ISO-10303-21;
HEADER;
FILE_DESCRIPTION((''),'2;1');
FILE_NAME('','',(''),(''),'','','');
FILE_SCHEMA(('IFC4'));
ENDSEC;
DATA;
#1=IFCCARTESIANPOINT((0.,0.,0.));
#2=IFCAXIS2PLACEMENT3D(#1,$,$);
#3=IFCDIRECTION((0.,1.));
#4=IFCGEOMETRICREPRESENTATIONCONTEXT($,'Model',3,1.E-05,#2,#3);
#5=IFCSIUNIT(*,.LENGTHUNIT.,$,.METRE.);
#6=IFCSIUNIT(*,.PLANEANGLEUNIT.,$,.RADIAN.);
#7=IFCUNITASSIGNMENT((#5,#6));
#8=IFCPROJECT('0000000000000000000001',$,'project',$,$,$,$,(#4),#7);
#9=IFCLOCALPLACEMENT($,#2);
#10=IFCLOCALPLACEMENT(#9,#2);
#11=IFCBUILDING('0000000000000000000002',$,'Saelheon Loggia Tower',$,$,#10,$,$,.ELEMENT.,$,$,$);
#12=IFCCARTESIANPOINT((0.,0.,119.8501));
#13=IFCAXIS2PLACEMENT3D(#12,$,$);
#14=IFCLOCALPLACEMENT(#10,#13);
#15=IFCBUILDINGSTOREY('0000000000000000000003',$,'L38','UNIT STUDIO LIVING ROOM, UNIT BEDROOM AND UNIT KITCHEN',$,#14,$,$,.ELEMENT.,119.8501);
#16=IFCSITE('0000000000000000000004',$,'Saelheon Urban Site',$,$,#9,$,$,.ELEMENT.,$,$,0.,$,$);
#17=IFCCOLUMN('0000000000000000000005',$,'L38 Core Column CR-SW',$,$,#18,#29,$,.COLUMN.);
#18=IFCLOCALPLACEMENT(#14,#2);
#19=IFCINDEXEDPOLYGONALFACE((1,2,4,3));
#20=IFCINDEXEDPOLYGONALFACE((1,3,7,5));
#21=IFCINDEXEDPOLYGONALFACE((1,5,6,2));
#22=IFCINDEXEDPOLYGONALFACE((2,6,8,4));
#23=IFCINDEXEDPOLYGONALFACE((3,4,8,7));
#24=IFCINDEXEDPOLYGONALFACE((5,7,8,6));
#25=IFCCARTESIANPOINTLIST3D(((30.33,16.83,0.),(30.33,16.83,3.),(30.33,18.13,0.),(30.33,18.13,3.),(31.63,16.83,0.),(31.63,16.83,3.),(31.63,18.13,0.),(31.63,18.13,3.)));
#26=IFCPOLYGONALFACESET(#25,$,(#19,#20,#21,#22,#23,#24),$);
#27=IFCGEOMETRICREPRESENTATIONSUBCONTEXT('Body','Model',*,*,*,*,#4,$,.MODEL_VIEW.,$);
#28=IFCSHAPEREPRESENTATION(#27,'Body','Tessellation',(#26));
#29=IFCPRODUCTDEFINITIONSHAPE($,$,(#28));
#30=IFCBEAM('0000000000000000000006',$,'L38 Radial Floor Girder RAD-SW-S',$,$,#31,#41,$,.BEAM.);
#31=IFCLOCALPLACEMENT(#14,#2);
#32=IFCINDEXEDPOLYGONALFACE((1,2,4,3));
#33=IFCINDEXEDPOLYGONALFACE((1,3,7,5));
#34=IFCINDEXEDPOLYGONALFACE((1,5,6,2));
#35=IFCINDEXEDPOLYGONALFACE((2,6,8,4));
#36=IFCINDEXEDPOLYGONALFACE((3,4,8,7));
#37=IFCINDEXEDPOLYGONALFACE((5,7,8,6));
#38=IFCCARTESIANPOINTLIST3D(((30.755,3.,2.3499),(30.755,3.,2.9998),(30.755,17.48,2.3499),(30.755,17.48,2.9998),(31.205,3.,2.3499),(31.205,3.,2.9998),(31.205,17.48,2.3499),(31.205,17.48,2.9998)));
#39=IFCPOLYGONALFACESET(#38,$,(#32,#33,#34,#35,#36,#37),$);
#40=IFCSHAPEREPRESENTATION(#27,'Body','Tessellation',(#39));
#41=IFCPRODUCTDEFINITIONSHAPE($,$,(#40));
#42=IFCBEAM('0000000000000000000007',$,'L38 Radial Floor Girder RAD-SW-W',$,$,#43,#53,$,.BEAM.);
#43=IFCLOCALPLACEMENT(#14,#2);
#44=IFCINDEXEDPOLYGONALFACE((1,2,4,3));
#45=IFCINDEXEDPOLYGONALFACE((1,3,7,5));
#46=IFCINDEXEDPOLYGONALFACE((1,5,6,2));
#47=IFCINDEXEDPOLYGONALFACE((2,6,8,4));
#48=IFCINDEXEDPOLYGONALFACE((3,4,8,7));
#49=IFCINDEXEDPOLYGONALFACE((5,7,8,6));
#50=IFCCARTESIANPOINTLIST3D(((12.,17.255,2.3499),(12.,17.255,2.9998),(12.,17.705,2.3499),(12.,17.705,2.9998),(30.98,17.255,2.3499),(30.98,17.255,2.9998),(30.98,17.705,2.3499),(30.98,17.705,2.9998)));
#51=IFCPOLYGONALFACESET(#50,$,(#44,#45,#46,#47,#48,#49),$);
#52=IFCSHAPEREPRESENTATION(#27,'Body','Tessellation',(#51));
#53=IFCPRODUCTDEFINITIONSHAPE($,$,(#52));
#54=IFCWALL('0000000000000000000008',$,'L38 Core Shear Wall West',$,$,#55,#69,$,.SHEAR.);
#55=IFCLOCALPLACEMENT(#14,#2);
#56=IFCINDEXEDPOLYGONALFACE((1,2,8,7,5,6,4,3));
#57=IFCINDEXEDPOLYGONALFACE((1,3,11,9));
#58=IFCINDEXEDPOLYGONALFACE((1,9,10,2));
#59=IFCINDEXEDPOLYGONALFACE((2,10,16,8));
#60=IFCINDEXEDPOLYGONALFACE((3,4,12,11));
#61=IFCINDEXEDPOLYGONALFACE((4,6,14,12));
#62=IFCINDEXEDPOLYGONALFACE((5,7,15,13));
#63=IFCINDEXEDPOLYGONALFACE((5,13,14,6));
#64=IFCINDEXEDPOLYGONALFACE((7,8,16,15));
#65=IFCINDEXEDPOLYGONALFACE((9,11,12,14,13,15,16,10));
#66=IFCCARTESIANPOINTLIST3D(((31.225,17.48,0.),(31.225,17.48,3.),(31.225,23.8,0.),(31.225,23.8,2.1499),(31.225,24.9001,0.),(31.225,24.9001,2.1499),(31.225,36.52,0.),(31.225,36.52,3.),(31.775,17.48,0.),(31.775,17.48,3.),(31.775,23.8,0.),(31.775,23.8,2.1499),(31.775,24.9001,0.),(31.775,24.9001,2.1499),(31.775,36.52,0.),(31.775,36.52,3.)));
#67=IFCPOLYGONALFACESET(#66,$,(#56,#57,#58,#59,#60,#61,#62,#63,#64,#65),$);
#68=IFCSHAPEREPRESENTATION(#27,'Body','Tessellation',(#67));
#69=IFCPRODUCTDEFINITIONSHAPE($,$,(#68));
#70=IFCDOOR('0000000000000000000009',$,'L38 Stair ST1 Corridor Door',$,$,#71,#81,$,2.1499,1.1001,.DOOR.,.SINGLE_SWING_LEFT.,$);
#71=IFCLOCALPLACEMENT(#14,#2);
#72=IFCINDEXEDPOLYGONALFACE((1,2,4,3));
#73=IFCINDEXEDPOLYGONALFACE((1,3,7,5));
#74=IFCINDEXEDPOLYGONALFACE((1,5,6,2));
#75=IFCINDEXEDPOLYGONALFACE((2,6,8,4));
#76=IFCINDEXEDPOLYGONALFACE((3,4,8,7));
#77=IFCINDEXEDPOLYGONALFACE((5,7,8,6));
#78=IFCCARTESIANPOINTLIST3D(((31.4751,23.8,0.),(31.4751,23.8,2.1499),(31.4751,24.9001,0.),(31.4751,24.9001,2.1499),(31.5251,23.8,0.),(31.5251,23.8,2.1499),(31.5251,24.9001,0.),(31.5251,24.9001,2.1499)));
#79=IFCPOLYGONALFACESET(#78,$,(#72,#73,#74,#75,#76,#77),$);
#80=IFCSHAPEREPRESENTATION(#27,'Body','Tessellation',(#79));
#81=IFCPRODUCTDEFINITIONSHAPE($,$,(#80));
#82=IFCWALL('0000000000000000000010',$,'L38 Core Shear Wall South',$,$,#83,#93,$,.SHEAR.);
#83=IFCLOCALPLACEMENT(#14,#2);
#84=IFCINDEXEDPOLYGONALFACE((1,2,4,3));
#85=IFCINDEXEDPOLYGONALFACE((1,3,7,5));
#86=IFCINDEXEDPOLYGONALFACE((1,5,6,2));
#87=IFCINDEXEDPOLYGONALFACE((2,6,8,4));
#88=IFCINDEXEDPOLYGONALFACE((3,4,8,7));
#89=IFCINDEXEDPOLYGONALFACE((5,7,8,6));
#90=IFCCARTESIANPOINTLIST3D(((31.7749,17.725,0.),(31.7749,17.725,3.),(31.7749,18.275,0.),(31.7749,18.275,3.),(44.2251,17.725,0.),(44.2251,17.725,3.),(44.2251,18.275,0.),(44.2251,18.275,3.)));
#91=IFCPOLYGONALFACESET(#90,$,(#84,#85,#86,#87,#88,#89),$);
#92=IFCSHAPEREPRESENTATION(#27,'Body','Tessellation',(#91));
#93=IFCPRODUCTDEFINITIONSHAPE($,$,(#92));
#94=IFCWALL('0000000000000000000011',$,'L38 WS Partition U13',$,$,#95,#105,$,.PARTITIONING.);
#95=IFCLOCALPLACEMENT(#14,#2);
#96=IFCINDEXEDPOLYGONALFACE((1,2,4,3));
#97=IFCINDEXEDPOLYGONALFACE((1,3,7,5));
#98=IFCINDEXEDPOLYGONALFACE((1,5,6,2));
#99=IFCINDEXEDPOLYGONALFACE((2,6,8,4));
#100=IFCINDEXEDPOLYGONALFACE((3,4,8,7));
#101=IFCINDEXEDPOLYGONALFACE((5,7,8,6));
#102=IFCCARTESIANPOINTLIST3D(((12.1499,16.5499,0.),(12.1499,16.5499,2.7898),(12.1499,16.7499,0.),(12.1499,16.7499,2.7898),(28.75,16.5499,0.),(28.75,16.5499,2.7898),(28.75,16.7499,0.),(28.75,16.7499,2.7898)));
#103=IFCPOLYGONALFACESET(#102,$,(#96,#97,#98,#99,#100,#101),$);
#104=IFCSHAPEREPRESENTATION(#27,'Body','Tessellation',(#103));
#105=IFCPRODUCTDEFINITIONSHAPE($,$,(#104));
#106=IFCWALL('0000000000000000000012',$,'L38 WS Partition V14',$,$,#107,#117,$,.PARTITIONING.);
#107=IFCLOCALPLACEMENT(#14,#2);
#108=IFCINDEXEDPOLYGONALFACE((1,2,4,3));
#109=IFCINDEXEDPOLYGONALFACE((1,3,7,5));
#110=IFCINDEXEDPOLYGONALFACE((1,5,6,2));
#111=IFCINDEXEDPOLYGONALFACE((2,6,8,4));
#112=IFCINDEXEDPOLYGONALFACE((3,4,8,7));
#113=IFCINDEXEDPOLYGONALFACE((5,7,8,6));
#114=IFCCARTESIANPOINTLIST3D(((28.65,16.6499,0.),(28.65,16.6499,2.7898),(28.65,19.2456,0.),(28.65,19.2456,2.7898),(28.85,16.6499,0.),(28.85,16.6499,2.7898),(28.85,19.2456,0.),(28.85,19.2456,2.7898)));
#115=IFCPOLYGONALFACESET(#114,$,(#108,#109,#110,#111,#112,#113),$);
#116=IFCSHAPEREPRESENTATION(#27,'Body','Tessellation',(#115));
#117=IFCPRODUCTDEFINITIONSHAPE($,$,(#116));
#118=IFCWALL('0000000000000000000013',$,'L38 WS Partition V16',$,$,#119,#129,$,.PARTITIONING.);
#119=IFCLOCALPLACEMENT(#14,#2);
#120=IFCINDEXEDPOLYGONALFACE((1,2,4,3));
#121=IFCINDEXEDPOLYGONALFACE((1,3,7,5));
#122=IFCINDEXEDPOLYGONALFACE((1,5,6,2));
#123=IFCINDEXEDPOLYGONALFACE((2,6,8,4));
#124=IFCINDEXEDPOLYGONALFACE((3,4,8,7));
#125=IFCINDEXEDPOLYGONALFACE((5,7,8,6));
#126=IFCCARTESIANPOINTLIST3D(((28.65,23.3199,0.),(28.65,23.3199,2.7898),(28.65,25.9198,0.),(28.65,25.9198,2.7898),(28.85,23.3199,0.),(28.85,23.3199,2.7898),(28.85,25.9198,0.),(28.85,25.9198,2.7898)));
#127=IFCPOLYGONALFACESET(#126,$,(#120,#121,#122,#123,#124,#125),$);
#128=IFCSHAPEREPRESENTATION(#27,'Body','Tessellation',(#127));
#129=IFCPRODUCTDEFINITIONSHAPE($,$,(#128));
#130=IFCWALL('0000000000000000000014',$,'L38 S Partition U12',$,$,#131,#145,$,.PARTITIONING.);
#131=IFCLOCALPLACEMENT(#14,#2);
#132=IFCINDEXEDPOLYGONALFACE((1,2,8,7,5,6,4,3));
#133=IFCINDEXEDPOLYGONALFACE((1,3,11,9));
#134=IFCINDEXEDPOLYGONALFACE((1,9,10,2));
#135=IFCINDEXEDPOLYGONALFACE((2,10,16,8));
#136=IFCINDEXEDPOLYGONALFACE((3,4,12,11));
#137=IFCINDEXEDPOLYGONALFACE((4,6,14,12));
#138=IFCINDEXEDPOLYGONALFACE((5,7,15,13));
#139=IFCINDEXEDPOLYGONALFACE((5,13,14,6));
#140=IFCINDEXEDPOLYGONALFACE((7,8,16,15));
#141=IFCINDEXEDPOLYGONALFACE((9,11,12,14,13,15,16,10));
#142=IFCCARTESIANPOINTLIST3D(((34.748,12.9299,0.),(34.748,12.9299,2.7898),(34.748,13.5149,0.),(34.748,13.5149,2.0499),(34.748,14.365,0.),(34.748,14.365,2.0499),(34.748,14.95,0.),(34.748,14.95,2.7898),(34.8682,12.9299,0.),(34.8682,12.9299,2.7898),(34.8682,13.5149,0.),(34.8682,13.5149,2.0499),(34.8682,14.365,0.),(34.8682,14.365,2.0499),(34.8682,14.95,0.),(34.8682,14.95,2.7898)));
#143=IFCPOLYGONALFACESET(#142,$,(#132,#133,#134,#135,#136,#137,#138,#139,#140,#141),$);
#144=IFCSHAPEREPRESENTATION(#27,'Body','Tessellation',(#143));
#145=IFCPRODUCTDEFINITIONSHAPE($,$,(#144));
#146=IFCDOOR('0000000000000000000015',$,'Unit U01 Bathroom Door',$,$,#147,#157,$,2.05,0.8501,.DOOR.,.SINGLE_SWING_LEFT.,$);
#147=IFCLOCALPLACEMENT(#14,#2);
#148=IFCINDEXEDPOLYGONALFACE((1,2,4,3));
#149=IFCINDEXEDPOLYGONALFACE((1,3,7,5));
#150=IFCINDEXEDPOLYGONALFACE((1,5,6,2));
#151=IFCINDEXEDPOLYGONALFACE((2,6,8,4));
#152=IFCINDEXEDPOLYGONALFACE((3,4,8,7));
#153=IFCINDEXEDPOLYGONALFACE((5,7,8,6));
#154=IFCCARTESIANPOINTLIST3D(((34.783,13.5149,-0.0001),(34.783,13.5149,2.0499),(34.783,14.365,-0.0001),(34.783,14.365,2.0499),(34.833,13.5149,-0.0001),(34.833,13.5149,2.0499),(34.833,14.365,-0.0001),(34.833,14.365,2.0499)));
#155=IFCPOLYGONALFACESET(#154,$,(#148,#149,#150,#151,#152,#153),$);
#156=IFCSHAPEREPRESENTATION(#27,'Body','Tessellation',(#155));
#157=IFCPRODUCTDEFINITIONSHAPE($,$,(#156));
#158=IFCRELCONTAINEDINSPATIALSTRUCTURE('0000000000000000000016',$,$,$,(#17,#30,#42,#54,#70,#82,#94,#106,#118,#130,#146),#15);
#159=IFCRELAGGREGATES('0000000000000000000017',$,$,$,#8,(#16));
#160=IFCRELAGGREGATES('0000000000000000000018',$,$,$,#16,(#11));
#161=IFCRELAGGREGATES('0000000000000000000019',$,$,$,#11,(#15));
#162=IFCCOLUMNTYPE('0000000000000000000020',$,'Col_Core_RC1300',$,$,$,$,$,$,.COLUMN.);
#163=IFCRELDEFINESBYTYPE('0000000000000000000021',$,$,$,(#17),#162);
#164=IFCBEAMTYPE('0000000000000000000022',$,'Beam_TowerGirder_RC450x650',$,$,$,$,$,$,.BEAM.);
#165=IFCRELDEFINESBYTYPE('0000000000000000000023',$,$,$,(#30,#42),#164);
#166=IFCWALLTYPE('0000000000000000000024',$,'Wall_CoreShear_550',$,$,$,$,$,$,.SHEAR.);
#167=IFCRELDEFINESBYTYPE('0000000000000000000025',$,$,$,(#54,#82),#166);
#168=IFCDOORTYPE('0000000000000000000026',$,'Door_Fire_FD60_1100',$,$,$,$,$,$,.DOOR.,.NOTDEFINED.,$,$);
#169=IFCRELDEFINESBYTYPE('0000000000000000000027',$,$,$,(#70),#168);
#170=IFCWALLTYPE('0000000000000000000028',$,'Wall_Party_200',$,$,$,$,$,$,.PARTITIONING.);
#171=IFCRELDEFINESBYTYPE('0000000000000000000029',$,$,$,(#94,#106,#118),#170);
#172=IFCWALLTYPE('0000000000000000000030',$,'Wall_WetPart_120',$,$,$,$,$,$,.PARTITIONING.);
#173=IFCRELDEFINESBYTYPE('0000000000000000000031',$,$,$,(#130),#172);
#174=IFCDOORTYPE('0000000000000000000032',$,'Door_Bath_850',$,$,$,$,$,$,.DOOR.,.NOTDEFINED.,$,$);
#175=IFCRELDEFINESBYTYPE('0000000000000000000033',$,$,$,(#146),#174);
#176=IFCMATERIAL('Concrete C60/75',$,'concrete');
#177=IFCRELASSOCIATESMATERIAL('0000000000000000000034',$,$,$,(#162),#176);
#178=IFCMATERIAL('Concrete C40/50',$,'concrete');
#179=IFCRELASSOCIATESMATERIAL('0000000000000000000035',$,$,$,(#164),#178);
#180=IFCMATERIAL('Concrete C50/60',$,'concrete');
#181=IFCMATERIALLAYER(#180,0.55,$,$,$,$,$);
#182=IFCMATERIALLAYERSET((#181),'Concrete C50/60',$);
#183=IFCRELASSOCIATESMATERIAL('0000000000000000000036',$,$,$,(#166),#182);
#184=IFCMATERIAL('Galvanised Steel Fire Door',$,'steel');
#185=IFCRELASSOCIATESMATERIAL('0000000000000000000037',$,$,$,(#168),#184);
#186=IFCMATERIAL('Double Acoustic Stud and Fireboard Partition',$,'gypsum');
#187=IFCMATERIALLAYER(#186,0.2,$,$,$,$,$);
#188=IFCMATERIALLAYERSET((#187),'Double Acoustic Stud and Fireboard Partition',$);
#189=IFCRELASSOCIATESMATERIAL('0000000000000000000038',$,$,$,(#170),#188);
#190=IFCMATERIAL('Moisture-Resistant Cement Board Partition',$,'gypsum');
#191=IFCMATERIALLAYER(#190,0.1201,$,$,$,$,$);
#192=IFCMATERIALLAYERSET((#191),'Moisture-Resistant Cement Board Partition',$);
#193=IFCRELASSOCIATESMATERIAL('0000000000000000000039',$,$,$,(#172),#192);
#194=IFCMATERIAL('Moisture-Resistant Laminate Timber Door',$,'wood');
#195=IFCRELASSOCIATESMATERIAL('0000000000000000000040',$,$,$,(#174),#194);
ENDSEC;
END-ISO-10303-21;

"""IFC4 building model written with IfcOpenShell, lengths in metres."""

from ifc_helpers import new_model, si_unit, direction, frame, frame_2d, origin, origin_2d, place, context, subcontext, project, spatial, rectangle, extrude, source, transform, mapped, material, layer, layer_set, material_profile, profile_set, type_object, element, fill, save


model = new_model("IFC4")

# Units and contexts
model_context = context("Model", 3, precision=1e-05, world=origin(), true_north=direction((0.0, 1.0)))
body_context = subcontext(model_context, "Body", "Model", "MODEL_VIEW")
ifc_project = project(units=[si_unit("LENGTHUNIT", "METRE"), si_unit("PLANEANGLEUNIT", "RADIAN")], contexts=[model_context])

# Site, building, storey
site_placement = place(None, origin())
site = spatial("IfcSite", under=ifc_project, at=site_placement, Name="Saelheon Urban Site", CompositionType="ELEMENT", RefElevation=0.0)
building_placement = place(site_placement, origin())
building = spatial("IfcBuilding", under=site, at=building_placement, Name="Saelheon Loggia Tower", CompositionType="ELEMENT")
storey_placement = place(building_placement, frame((0.0, 0.0, 119.8501)))
storey = spatial("IfcBuildingStorey", under=building, at=storey_placement, Name="L38", Description="UNIT STUDIO LIVING ROOM, UNIT BEDROOM AND UNIT KITCHEN", CompositionType="ELEMENT", Elevation=119.8501)

# Column
ifc_material_1 = material(Name="Concrete C60/75", Category="concrete")
ifc_material_profile_1 = material_profile(ifc_material_1, rectangle(XDim=1.3, YDim=1.3, at=origin_2d()), Name="RC-1300x1300")
ifc_profile_set_1 = profile_set([ifc_material_profile_1], Name="Concrete C60/75")
column_type = type_object("IfcColumnType", Name="Col_Core_RC1300", PredefinedType="COLUMN", material=ifc_profile_set_1)
shared_shape_1 = source(origin(), body_context, "Body", "SweptSolid", [
    extrude(rectangle(XDim=1.3, YDim=1.3, at=origin_2d()), origin(), (0.0, 0.0, 1.0), 3.0),
])
column_placement = place(storey_placement, frame((30.98, 17.48, 0.0), z_axis=(0.0, 0.0, 1.0), x_axis=(1.0, 0.0, 0.0)))
element("IfcColumn", 1, at=column_placement, inside=storey, type_object=column_type, Name="L38 Core Column CR-SW", PredefinedType="COLUMN", context=body_context, shape_type="MappedRepresentation", body=[
    mapped(shared_shape_1, transform((0.0, 0.0, 0.0), scale=1.0)),
])

# Beams
ifc_material_2 = material(Name="Concrete C40/50", Category="concrete")
ifc_material_profile_2 = material_profile(ifc_material_2, rectangle(XDim=0.45, YDim=0.6499, at=origin_2d()), Name="RC-450x650")
ifc_profile_set_2 = profile_set([ifc_material_profile_2], Name="Concrete C40/50")
beam_type = type_object("IfcBeamType", Name="Beam_TowerGirder_RC450x650", PredefinedType="BEAM", material=ifc_profile_set_2)
shared_shape_2 = source(origin(), body_context, "Body", "SweptSolid", [
    extrude(rectangle(XDim=0.45, YDim=0.6499, at=origin_2d()), origin(), (0.0, 0.0, 1.0), 14.48),
])
beam_1_placement = place(storey_placement, frame((30.98, 17.48, 2.6748), z_axis=(0.0, -1.0, 0.0), x_axis=(1.0, 0.0, 0.0)))
element("IfcBeam", 2, at=beam_1_placement, inside=storey, type_object=beam_type, Name="L38 Radial Floor Girder RAD-SW-S", PredefinedType="BEAM", context=body_context, shape_type="MappedRepresentation", body=[
    mapped(shared_shape_2, transform((0.0, 0.0, 0.0), scale=1.0)),
])
shared_shape_3 = source(origin(), body_context, "Body", "SweptSolid", [
    extrude(rectangle(XDim=0.45, YDim=0.6499, at=origin_2d()), origin(), (0.0, 0.0, 1.0), 18.98),
])
beam_2_placement = place(storey_placement, frame((30.98, 17.48, 2.6748), z_axis=(-1.0, 0.0, 0.0), x_axis=(0.0, -1.0, 0.0)))
element("IfcBeam", 3, at=beam_2_placement, inside=storey, type_object=beam_type, Name="L38 Radial Floor Girder RAD-SW-W", PredefinedType="BEAM", context=body_context, shape_type="MappedRepresentation", body=[
    mapped(shared_shape_3, transform((0.0, 0.0, 0.0), scale=1.0)),
])

# Wall, opening, door
ifc_material_3 = material(Name="Concrete C50/60", Category="concrete")
ifc_layer_1 = layer(ifc_material_3, 0.55)
ifc_layer_set_1 = layer_set([ifc_layer_1], Name="Concrete C50/60")
wall_type_1 = type_object("IfcWallType", Name="Wall_CoreShear_550", PredefinedType="SHEAR", material=ifc_layer_set_1)
wall_1_placement = place(storey_placement, frame((31.5, 17.48, 0.0), z_axis=(0.0, 0.0, 1.0), x_axis=(0.0, 1.0, 0.0)))
wall_1 = element("IfcWall", 4, at=wall_1_placement, inside=storey, type_object=wall_type_1, Name="L38 Core Shear Wall West", PredefinedType="SHEAR", context=body_context, shape_type="SweptSolid", body=[
    extrude(rectangle(XDim=19.04, YDim=0.55, at=frame_2d((9.52, 0.0))), origin(), (0.0, 0.0, 1.0), 3.0),
])
opening_1_placement = place(wall_1_placement, frame((6.3201, 0.0, 0.0)))
opening_1 = element("IfcOpeningElement", 5, at=opening_1_placement, cuts=wall_1, PredefinedType="OPENING", context=body_context, shape_type="SweptSolid", body=[
    extrude(rectangle(XDim=1.1001, YDim=2.1499, at=frame_2d((0.55, 1.075))), frame((0.0, 0.2871, 0.0), z_axis=(0.0, -1.0, 0.0), x_axis=(1.0, 0.0, 0.0)), (0.0, 0.0, 1.0), 0.574),
])
ifc_material_4 = material(Name="Galvanised Steel Fire Door", Category="steel")
door_type_1 = type_object("IfcDoorType", Name="Door_Fire_FD60_1100", OperationType="NOTDEFINED", PredefinedType="DOOR", material=ifc_material_4)
shared_shape_4 = source(origin(), body_context, "Body", "SweptSolid", [
    extrude(rectangle(XDim=1.1001, YDim=2.1499, at=frame_2d((0.55, 1.075))), frame((0.0, 0.0249, 0.0), z_axis=(0.0, -1.0, 0.0), x_axis=(1.0, 0.0, 0.0)), (0.0, 0.0, 1.0), 0.05),
])
door_1_placement = place(opening_1_placement, origin())
door_1 = element("IfcDoor", 6, at=door_1_placement, inside=storey, type_object=door_type_1, Name="L38 Stair ST1 Corridor Door", OperationType="SINGLE_SWING_LEFT", OverallHeight=2.1499, OverallWidth=1.1001, PredefinedType="DOOR", context=body_context, shape_type="MappedRepresentation", body=[
    mapped(shared_shape_4, transform((0.0, 0.0, 0.0), scale=1.0)),
])
fill(opening_1, door_1)

# Wall
wall_2_placement = place(storey_placement, frame((31.7749, 18.0, 0.0), z_axis=(0.0, 0.0, 1.0), x_axis=(1.0, 0.0, 0.0)))
element("IfcWall", 7, at=wall_2_placement, inside=storey, type_object=wall_type_1, Name="L38 Core Shear Wall South", PredefinedType="SHEAR", context=body_context, shape_type="SweptSolid", body=[
    extrude(rectangle(XDim=12.4502, YDim=0.55, at=frame_2d((6.2251, 0.0))), origin(), (0.0, 0.0, 1.0), 3.0),
])

# Shared definitions
ifc_material_5 = material(Name="Double Acoustic Stud and Fireboard Partition", Category="gypsum")
ifc_layer_2 = layer(ifc_material_5, 0.2)
ifc_layer_set_2 = layer_set([ifc_layer_2], Name="Double Acoustic Stud and Fireboard Partition")
wall_type_2 = type_object("IfcWallType", Name="Wall_Party_200", PredefinedType="PARTITIONING", material=ifc_layer_set_2)

# Walls
wall_3_placement = place(storey_placement, frame((28.75, 16.6499, 0.0), z_axis=(0.0, 0.0, 1.0), x_axis=(-1.0, 0.0, 0.0)))
element("IfcWall", 8, at=wall_3_placement, inside=storey, type_object=wall_type_2, Name="L38 WS Partition U13", PredefinedType="PARTITIONING", context=body_context, shape_type="SweptSolid", body=[
    extrude(rectangle(XDim=16.6001, YDim=0.2, at=frame_2d((8.3, 0.0))), origin(), (0.0, 0.0, 1.0), 2.7898),
])
wall_4_placement = place(storey_placement, frame((28.75, 16.6499, 0.0), z_axis=(0.0, 0.0, 1.0), x_axis=(0.0, 1.0, 0.0)))
element("IfcWall", 9, at=wall_4_placement, inside=storey, type_object=wall_type_2, Name="L38 WS Partition V14", PredefinedType="PARTITIONING", context=body_context, shape_type="SweptSolid", body=[
    extrude(rectangle(XDim=2.5957, YDim=0.2, at=frame_2d((1.2979, 0.0))), origin(), (0.0, 0.0, 1.0), 2.7898),
])

# Wall
wall_5_placement = place(storey_placement, frame((28.75, 23.3201, 0.0), z_axis=(0.0, 0.0, 1.0), x_axis=(0.0, 1.0, 0.0)))
element("IfcWall", 10, at=wall_5_placement, inside=storey, type_object=wall_type_2, Name="L38 WS Partition V16", PredefinedType="PARTITIONING", context=body_context, shape_type="SweptSolid", body=[
    extrude(rectangle(XDim=2.5999, YDim=0.2, at=frame_2d((1.2998, 0.0))), origin(), (0.0, 0.0, 1.0), 2.7898),
])

# Wall, opening, door
ifc_material_6 = material(Name="Moisture-Resistant Cement Board Partition", Category="gypsum")
ifc_layer_3 = layer(ifc_material_6, 0.1201)
ifc_layer_set_3 = layer_set([ifc_layer_3], Name="Moisture-Resistant Cement Board Partition")
wall_type_3 = type_object("IfcWallType", Name="Wall_WetPart_120", PredefinedType="PARTITIONING", material=ifc_layer_set_3)
wall_6_placement = place(storey_placement, frame((34.8081, 14.95, 0.0), z_axis=(0.0, 0.0, 1.0), x_axis=(0.0, -1.0, 0.0)))
wall_6 = element("IfcWall", 11, at=wall_6_placement, inside=storey, type_object=wall_type_3, Name="L38 S Partition U12", PredefinedType="PARTITIONING", context=body_context, shape_type="SweptSolid", body=[
    extrude(rectangle(XDim=2.02, YDim=0.1201, at=frame_2d((1.01, 0.0))), origin(), (0.0, 0.0, 1.0), 2.7898),
])
opening_2_placement = place(wall_6_placement, frame((0.585, 0.0, 0.0)))
opening_2 = element("IfcOpeningElement", 12, at=opening_2_placement, cuts=wall_6, PredefinedType="OPENING", context=body_context, shape_type="SweptSolid", body=[
    extrude(rectangle(XDim=0.8501, YDim=2.05, at=frame_2d((0.425, 1.0249))), frame((0.0, 0.072, 0.0), z_axis=(0.0, -1.0, 0.0), x_axis=(1.0, 0.0, 0.0)), (0.0, 0.0, 1.0), 0.144),
])
ifc_material_7 = material(Name="Moisture-Resistant Laminate Timber Door", Category="wood")
door_type_2 = type_object("IfcDoorType", Name="Door_Bath_850", OperationType="NOTDEFINED", PredefinedType="DOOR", material=ifc_material_7)
shared_shape_5 = source(origin(), body_context, "Body", "SweptSolid", [
    extrude(rectangle(XDim=0.8501, YDim=2.05, at=frame_2d((0.425, 1.0249))), frame((0.0, 0.0249, 0.0), z_axis=(0.0, -1.0, 0.0), x_axis=(1.0, 0.0, 0.0)), (0.0, 0.0, 1.0), 0.05),
])
door_2_placement = place(opening_2_placement, origin())
door_2 = element("IfcDoor", 13, at=door_2_placement, inside=storey, type_object=door_type_2, Name="Unit U01 Bathroom Door", OperationType="SINGLE_SWING_LEFT", OverallHeight=2.05, OverallWidth=0.8501, PredefinedType="DOOR", context=body_context, shape_type="MappedRepresentation", body=[
    mapped(shared_shape_5, transform((0.0, 0.0, 0.0), scale=1.0)),
])
fill(opening_2, door_2)

save(model, "model.ifc")
